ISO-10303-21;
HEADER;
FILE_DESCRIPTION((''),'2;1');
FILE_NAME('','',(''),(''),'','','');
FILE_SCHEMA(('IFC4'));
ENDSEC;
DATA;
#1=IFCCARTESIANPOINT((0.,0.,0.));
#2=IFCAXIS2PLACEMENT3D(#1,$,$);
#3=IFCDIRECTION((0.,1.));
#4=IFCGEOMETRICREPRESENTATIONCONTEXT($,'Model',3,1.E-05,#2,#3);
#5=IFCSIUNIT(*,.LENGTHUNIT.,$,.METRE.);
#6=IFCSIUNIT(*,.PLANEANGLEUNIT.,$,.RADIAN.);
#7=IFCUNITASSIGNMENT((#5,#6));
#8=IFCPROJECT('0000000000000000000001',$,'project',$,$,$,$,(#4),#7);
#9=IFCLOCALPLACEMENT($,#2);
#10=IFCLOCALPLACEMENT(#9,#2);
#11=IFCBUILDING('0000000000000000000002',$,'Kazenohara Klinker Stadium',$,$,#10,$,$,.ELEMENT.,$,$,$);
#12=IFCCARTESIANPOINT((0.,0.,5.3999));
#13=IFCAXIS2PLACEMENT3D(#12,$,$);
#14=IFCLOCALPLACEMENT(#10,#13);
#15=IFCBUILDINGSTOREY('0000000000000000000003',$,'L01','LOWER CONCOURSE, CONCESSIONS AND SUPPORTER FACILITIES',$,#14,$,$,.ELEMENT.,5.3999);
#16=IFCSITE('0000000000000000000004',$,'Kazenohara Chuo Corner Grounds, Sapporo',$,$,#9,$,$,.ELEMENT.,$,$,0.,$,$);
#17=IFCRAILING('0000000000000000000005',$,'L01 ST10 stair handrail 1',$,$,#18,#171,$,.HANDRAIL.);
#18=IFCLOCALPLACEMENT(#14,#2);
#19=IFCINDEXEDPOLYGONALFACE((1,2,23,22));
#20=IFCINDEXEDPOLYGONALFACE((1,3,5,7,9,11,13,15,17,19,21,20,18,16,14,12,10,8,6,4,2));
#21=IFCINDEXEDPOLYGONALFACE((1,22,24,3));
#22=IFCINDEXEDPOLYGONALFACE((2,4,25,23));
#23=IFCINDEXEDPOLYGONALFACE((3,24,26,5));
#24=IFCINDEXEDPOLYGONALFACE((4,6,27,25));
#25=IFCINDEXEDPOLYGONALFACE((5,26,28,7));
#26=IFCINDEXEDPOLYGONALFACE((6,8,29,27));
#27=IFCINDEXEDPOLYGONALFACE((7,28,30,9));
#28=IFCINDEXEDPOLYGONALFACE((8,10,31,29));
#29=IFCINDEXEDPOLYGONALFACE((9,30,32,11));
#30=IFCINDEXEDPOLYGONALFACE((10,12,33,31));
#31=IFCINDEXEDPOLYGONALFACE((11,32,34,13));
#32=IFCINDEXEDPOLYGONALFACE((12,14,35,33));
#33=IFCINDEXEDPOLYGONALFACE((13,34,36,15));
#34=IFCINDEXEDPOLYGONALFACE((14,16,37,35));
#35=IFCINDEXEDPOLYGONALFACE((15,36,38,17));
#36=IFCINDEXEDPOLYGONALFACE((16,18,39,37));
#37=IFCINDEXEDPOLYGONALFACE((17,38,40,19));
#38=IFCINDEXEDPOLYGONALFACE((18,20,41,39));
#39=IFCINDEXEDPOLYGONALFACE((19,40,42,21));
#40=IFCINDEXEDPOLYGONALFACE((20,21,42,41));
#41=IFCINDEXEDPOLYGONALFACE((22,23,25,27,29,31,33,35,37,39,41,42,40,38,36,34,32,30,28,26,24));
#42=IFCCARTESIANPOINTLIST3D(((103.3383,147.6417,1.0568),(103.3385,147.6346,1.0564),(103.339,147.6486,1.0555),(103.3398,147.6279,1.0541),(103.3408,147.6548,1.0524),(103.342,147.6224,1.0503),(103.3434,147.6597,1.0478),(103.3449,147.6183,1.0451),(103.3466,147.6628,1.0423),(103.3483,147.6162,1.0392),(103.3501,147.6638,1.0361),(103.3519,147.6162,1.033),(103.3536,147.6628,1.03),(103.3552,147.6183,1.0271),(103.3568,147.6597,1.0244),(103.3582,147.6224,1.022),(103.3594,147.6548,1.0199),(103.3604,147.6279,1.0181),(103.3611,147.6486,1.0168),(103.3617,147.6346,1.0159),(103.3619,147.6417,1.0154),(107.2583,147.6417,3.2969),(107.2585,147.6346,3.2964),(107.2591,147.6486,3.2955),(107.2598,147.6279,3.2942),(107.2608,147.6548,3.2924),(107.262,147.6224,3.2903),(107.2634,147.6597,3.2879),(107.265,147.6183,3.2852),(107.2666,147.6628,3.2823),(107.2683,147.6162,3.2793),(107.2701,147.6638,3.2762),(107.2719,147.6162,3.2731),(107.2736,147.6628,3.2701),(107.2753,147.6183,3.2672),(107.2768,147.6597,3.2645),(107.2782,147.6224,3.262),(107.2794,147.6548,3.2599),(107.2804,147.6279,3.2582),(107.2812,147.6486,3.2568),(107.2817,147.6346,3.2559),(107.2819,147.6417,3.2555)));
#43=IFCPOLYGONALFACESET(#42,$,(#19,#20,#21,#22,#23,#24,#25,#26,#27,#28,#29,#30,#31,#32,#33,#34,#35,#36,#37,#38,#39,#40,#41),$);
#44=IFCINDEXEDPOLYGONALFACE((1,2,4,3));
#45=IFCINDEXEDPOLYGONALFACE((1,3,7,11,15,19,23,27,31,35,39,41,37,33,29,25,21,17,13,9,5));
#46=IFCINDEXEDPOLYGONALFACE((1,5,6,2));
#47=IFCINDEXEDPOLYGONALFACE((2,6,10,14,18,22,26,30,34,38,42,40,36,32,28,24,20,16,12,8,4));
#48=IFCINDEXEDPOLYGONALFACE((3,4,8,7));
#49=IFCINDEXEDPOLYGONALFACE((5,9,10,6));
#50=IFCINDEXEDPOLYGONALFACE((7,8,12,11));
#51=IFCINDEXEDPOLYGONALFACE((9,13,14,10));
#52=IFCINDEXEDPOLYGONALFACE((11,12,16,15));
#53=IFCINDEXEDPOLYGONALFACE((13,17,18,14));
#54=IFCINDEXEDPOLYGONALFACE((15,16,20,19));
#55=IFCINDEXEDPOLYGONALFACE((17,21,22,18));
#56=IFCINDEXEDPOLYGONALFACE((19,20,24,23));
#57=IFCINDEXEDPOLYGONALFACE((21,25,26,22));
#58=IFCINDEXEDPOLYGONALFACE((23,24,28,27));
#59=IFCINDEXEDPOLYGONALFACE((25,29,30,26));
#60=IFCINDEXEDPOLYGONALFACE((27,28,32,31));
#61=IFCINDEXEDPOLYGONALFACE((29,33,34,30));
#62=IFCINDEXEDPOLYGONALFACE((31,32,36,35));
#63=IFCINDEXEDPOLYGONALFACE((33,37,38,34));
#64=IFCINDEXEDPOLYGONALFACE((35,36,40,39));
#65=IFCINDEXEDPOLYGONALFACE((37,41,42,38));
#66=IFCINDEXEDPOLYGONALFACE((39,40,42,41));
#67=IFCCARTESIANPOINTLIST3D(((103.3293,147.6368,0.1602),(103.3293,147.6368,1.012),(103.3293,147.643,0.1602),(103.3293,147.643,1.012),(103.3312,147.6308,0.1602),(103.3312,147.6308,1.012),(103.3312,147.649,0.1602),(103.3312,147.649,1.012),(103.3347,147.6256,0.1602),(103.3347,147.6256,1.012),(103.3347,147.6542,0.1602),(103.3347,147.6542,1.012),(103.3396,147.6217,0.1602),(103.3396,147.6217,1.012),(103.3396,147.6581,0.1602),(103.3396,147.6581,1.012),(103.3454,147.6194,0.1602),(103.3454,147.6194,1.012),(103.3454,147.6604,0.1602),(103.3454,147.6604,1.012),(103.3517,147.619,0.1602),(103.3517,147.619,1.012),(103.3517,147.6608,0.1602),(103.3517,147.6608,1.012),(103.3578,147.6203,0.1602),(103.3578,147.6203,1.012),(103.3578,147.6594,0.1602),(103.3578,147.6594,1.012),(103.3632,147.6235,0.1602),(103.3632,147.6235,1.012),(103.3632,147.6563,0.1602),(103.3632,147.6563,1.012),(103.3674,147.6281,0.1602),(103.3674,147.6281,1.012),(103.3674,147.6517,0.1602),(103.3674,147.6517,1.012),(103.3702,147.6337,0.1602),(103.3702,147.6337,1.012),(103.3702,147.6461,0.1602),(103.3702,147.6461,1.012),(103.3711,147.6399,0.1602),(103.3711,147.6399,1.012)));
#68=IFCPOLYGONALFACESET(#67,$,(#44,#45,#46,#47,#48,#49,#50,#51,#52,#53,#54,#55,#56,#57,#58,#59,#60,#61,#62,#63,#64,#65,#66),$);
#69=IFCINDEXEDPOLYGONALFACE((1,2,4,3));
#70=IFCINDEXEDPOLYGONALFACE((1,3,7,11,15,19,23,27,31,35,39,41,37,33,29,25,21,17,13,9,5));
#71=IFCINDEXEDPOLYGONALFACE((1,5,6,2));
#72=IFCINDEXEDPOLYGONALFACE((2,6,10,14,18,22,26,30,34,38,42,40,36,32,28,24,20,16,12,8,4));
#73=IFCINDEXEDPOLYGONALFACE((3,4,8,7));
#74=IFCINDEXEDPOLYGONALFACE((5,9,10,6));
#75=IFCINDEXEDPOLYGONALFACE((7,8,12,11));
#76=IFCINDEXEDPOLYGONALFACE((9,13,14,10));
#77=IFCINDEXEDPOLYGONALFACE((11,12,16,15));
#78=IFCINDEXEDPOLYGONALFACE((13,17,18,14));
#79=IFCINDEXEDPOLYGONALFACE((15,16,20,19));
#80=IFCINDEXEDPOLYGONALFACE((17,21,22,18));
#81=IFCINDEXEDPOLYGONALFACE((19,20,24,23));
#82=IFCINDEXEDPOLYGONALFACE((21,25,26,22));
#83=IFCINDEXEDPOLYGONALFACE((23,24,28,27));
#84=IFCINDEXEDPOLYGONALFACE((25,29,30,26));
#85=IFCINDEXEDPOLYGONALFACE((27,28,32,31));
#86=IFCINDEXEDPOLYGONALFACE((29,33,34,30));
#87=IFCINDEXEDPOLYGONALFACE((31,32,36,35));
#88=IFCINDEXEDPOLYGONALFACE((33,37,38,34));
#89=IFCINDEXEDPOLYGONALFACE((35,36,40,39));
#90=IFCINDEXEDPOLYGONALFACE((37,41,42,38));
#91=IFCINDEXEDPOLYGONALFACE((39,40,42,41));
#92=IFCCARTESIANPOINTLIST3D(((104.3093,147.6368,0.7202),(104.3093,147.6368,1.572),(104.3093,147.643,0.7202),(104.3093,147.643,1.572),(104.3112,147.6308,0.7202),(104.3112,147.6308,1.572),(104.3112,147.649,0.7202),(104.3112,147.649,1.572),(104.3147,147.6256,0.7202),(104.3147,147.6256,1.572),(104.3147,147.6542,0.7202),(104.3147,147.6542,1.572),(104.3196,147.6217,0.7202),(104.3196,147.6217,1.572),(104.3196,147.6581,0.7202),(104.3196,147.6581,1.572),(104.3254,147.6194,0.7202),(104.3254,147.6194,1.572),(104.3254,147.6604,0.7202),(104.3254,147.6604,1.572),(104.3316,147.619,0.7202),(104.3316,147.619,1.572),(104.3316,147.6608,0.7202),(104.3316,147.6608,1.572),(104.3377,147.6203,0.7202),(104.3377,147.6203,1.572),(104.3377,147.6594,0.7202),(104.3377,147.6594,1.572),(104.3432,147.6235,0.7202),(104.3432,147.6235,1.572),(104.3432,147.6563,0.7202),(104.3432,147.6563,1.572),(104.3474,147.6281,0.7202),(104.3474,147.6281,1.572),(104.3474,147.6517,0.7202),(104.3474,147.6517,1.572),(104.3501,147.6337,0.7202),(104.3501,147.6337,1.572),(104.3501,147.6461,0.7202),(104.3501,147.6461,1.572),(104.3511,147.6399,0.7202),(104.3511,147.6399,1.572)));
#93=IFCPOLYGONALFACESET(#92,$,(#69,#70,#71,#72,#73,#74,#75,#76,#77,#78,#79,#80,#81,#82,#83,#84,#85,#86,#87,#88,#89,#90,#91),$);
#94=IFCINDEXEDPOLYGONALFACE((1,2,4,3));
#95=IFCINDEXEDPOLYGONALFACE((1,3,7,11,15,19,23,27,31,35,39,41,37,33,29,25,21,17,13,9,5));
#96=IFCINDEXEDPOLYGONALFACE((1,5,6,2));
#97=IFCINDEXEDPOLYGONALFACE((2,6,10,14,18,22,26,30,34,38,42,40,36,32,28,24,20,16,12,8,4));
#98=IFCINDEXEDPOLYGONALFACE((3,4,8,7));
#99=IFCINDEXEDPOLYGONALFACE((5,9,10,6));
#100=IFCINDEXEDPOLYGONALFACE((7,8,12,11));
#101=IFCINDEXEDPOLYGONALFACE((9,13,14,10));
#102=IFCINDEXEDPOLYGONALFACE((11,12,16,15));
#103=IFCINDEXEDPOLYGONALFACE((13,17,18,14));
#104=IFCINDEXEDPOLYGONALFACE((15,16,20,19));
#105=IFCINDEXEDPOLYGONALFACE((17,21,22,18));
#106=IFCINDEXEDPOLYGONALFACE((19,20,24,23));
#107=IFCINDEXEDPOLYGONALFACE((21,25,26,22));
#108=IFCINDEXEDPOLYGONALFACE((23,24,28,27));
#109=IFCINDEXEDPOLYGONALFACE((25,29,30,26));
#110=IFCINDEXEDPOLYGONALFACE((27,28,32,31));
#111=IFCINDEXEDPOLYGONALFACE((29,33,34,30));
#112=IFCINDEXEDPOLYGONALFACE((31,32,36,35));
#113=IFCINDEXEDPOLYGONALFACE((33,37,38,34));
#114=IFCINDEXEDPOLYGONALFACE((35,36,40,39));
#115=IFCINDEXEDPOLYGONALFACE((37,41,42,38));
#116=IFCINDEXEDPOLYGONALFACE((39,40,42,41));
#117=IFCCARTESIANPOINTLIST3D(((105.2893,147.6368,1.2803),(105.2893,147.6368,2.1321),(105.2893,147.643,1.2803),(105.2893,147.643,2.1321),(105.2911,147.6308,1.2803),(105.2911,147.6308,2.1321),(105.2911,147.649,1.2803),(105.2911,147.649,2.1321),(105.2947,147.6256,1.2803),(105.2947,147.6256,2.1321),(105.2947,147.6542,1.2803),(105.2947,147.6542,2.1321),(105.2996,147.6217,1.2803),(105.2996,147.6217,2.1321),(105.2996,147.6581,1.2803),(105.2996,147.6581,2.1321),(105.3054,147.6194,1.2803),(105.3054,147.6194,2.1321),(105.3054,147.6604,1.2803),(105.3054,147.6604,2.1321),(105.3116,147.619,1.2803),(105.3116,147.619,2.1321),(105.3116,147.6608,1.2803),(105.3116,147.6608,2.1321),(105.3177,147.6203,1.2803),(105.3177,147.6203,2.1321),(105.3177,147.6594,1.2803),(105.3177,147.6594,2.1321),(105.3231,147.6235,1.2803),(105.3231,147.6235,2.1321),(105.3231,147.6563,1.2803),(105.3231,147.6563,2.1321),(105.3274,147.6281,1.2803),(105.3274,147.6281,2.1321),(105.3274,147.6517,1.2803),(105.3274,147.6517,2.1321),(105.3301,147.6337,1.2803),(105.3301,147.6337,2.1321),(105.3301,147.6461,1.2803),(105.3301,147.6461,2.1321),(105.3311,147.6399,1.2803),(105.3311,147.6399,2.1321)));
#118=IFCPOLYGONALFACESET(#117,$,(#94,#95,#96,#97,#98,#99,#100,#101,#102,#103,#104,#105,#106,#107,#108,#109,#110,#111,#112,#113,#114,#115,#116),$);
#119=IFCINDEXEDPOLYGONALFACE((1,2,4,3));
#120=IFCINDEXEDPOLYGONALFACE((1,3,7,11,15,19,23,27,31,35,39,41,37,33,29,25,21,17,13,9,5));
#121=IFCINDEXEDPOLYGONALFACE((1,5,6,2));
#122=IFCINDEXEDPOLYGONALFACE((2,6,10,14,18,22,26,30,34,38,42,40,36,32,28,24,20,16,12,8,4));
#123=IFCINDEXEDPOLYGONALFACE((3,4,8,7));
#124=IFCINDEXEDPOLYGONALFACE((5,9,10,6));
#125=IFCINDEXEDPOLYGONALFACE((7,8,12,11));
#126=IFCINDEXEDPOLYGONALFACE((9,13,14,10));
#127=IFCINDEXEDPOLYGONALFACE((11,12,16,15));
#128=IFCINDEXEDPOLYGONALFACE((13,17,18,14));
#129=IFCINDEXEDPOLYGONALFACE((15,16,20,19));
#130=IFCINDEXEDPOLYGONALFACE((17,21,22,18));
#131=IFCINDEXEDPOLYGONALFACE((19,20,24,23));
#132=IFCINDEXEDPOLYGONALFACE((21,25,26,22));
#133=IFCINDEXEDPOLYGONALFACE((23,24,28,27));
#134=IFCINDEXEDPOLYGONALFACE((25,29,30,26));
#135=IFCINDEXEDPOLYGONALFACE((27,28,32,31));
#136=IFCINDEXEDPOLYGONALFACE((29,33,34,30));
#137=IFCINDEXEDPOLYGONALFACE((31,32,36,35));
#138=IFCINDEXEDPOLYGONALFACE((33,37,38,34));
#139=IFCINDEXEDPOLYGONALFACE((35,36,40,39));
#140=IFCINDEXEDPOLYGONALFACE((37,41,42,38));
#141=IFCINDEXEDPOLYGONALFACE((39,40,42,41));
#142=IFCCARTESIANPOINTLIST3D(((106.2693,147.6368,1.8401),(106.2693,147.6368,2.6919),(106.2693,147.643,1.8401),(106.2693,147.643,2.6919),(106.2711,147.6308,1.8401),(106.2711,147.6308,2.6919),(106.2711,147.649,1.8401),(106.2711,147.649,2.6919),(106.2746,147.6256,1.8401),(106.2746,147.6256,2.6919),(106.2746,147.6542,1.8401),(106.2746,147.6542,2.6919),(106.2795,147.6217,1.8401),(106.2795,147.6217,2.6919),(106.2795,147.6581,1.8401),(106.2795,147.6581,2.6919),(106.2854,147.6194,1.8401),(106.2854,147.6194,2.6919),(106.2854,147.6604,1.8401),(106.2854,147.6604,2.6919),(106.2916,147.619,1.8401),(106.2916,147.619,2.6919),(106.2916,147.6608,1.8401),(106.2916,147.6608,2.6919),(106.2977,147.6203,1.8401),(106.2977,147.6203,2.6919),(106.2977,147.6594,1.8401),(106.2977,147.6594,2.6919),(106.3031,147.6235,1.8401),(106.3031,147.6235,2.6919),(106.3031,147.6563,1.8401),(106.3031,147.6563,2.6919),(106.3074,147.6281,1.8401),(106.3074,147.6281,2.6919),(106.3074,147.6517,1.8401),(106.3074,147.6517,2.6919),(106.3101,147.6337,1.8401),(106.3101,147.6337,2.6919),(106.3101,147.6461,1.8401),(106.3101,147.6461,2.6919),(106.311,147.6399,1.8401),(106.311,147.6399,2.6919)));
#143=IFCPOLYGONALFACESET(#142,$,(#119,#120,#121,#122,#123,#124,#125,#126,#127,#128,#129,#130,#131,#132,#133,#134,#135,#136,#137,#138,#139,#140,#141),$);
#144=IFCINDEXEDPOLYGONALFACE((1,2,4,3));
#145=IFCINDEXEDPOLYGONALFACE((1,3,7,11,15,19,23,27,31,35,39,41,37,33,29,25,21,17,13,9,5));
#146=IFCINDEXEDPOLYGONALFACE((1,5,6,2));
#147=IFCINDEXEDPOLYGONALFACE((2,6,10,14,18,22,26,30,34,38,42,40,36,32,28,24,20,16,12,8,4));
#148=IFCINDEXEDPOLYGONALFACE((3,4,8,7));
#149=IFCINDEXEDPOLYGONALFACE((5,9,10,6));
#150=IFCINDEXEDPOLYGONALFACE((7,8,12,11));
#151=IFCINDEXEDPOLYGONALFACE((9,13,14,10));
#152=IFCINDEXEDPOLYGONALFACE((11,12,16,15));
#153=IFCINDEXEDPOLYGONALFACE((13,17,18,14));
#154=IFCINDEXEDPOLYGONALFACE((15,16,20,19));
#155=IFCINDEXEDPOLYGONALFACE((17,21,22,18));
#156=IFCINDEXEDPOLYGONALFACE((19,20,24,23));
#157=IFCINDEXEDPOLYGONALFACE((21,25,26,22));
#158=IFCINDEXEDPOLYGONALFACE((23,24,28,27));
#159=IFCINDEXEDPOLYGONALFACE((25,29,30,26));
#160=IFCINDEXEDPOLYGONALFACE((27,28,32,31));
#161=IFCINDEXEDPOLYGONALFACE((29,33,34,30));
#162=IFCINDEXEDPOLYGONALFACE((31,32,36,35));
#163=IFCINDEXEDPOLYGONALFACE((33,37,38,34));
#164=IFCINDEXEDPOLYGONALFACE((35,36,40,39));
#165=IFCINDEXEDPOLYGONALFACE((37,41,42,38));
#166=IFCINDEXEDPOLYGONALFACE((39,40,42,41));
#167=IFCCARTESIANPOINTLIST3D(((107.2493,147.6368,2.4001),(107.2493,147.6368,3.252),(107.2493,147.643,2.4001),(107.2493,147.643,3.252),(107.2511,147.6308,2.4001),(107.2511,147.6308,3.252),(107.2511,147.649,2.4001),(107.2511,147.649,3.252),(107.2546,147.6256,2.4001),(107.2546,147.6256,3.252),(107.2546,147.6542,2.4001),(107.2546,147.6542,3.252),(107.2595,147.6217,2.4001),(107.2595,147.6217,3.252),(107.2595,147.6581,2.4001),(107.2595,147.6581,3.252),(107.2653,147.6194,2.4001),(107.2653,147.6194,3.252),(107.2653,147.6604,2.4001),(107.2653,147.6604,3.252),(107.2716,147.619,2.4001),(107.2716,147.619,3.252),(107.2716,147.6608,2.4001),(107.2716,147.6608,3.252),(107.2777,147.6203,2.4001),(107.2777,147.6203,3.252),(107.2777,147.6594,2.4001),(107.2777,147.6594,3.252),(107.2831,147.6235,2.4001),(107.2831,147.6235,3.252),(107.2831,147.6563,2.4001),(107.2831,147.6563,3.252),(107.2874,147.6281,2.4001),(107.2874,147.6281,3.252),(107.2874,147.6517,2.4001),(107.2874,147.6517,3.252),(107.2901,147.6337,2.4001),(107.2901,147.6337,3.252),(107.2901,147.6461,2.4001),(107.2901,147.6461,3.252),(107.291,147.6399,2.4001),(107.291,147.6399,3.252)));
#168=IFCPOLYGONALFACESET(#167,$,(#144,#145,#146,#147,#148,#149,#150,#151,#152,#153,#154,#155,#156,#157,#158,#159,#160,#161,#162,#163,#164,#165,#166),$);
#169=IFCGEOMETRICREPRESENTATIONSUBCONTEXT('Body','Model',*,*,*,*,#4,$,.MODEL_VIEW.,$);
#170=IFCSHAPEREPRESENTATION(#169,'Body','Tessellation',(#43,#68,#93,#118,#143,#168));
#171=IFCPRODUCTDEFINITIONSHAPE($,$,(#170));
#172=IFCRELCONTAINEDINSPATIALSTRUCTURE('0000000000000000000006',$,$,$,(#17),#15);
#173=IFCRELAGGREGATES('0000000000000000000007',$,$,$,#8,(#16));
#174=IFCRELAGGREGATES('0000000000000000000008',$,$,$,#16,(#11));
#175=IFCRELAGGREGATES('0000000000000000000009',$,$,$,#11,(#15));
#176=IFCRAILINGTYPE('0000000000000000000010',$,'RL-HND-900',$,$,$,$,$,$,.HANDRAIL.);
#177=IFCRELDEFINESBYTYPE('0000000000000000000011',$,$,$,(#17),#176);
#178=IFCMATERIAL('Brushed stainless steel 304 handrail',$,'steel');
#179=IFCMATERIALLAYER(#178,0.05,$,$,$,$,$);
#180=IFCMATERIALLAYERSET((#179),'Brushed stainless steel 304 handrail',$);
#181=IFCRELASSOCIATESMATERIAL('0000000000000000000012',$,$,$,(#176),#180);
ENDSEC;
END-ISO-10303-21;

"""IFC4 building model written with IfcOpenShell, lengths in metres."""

from ifc_helpers import new_model, si_unit, direction, frame, origin, origin_2d, place, context, subcontext, project, spatial, circle, extrude, material, layer, layer_set, type_object, element, save


model = new_model("IFC4")

# Units and contexts
model_context = context("Model", 3, precision=1e-05, world=origin(), true_north=direction((0.0, 1.0)))
body_context = subcontext(model_context, "Body", "Model", "MODEL_VIEW")
ifc_project = project(units=[si_unit("LENGTHUNIT", "METRE"), si_unit("PLANEANGLEUNIT", "RADIAN")], contexts=[model_context])

# Site, building, storey
site_placement = place(None, origin())
site = spatial("IfcSite", under=ifc_project, at=site_placement, Name="Kazenohara Chuo Corner Grounds, Sapporo", CompositionType="ELEMENT", RefElevation=0.0)
building_placement = place(site_placement, origin())
building = spatial("IfcBuilding", under=site, at=building_placement, Name="Kazenohara Klinker Stadium", CompositionType="ELEMENT")
storey_placement = place(building_placement, frame((0.0, 0.0, 5.3999)))
storey = spatial("IfcBuildingStorey", under=building, at=storey_placement, Name="L01", Description="LOWER CONCOURSE, CONCESSIONS AND SUPPORTER FACILITIES", CompositionType="ELEMENT", Elevation=5.3999)

# Railing
ifc_material_1 = material(Name="Brushed stainless steel 304 handrail", Category="steel")
ifc_layer_1 = layer(ifc_material_1, 0.05)
ifc_layer_set_1 = layer_set([ifc_layer_1], Name="Brushed stainless steel 304 handrail")
railing_type_1 = type_object("IfcRailingType", Name="RL-HND-900", PredefinedType="HANDRAIL", material=ifc_layer_set_1)
railing_1_placement = place(storey_placement, frame((103.3501, 147.6399, 0.1602)))
element("IfcRailing", 1, at=railing_1_placement, inside=storey, type_object=railing_type_1, Name="L01 ST10 stair handrail 1", PredefinedType="HANDRAIL", context=body_context, shape_type="SweptSolid", body=[
    extrude(circle(Radius=0.0239, at=origin_2d()), frame((0.0, 0.0, 0.876), z_axis=(0.86824, 0.0, 0.496145), x_axis=(0.0, 1.0, 0.0)), (0.0, 0.0, 1.0), 4.5149),
    extrude(circle(Radius=0.021, at=origin_2d()), origin(), (0.0, 0.0, 1.0), 0.8518),
    extrude(circle(Radius=0.021, at=origin_2d()), frame((0.98, 0.0, 0.5601)), (0.0, 0.0, 1.0), 0.8518),
    extrude(circle(Radius=0.021, at=origin_2d()), frame((1.96, 0.0, 1.1201)), (0.0, 0.0, 1.0), 0.8518),
    extrude(circle(Radius=0.021, at=origin_2d()), frame((2.9399, 0.0, 1.6799)), (0.0, 0.0, 1.0), 0.8518),
    extrude(circle(Radius=0.021, at=origin_2d()), frame((3.9199, 0.0, 2.24)), (0.0, 0.0, 1.0), 0.8518),
])

save(model, "model.ifc")
